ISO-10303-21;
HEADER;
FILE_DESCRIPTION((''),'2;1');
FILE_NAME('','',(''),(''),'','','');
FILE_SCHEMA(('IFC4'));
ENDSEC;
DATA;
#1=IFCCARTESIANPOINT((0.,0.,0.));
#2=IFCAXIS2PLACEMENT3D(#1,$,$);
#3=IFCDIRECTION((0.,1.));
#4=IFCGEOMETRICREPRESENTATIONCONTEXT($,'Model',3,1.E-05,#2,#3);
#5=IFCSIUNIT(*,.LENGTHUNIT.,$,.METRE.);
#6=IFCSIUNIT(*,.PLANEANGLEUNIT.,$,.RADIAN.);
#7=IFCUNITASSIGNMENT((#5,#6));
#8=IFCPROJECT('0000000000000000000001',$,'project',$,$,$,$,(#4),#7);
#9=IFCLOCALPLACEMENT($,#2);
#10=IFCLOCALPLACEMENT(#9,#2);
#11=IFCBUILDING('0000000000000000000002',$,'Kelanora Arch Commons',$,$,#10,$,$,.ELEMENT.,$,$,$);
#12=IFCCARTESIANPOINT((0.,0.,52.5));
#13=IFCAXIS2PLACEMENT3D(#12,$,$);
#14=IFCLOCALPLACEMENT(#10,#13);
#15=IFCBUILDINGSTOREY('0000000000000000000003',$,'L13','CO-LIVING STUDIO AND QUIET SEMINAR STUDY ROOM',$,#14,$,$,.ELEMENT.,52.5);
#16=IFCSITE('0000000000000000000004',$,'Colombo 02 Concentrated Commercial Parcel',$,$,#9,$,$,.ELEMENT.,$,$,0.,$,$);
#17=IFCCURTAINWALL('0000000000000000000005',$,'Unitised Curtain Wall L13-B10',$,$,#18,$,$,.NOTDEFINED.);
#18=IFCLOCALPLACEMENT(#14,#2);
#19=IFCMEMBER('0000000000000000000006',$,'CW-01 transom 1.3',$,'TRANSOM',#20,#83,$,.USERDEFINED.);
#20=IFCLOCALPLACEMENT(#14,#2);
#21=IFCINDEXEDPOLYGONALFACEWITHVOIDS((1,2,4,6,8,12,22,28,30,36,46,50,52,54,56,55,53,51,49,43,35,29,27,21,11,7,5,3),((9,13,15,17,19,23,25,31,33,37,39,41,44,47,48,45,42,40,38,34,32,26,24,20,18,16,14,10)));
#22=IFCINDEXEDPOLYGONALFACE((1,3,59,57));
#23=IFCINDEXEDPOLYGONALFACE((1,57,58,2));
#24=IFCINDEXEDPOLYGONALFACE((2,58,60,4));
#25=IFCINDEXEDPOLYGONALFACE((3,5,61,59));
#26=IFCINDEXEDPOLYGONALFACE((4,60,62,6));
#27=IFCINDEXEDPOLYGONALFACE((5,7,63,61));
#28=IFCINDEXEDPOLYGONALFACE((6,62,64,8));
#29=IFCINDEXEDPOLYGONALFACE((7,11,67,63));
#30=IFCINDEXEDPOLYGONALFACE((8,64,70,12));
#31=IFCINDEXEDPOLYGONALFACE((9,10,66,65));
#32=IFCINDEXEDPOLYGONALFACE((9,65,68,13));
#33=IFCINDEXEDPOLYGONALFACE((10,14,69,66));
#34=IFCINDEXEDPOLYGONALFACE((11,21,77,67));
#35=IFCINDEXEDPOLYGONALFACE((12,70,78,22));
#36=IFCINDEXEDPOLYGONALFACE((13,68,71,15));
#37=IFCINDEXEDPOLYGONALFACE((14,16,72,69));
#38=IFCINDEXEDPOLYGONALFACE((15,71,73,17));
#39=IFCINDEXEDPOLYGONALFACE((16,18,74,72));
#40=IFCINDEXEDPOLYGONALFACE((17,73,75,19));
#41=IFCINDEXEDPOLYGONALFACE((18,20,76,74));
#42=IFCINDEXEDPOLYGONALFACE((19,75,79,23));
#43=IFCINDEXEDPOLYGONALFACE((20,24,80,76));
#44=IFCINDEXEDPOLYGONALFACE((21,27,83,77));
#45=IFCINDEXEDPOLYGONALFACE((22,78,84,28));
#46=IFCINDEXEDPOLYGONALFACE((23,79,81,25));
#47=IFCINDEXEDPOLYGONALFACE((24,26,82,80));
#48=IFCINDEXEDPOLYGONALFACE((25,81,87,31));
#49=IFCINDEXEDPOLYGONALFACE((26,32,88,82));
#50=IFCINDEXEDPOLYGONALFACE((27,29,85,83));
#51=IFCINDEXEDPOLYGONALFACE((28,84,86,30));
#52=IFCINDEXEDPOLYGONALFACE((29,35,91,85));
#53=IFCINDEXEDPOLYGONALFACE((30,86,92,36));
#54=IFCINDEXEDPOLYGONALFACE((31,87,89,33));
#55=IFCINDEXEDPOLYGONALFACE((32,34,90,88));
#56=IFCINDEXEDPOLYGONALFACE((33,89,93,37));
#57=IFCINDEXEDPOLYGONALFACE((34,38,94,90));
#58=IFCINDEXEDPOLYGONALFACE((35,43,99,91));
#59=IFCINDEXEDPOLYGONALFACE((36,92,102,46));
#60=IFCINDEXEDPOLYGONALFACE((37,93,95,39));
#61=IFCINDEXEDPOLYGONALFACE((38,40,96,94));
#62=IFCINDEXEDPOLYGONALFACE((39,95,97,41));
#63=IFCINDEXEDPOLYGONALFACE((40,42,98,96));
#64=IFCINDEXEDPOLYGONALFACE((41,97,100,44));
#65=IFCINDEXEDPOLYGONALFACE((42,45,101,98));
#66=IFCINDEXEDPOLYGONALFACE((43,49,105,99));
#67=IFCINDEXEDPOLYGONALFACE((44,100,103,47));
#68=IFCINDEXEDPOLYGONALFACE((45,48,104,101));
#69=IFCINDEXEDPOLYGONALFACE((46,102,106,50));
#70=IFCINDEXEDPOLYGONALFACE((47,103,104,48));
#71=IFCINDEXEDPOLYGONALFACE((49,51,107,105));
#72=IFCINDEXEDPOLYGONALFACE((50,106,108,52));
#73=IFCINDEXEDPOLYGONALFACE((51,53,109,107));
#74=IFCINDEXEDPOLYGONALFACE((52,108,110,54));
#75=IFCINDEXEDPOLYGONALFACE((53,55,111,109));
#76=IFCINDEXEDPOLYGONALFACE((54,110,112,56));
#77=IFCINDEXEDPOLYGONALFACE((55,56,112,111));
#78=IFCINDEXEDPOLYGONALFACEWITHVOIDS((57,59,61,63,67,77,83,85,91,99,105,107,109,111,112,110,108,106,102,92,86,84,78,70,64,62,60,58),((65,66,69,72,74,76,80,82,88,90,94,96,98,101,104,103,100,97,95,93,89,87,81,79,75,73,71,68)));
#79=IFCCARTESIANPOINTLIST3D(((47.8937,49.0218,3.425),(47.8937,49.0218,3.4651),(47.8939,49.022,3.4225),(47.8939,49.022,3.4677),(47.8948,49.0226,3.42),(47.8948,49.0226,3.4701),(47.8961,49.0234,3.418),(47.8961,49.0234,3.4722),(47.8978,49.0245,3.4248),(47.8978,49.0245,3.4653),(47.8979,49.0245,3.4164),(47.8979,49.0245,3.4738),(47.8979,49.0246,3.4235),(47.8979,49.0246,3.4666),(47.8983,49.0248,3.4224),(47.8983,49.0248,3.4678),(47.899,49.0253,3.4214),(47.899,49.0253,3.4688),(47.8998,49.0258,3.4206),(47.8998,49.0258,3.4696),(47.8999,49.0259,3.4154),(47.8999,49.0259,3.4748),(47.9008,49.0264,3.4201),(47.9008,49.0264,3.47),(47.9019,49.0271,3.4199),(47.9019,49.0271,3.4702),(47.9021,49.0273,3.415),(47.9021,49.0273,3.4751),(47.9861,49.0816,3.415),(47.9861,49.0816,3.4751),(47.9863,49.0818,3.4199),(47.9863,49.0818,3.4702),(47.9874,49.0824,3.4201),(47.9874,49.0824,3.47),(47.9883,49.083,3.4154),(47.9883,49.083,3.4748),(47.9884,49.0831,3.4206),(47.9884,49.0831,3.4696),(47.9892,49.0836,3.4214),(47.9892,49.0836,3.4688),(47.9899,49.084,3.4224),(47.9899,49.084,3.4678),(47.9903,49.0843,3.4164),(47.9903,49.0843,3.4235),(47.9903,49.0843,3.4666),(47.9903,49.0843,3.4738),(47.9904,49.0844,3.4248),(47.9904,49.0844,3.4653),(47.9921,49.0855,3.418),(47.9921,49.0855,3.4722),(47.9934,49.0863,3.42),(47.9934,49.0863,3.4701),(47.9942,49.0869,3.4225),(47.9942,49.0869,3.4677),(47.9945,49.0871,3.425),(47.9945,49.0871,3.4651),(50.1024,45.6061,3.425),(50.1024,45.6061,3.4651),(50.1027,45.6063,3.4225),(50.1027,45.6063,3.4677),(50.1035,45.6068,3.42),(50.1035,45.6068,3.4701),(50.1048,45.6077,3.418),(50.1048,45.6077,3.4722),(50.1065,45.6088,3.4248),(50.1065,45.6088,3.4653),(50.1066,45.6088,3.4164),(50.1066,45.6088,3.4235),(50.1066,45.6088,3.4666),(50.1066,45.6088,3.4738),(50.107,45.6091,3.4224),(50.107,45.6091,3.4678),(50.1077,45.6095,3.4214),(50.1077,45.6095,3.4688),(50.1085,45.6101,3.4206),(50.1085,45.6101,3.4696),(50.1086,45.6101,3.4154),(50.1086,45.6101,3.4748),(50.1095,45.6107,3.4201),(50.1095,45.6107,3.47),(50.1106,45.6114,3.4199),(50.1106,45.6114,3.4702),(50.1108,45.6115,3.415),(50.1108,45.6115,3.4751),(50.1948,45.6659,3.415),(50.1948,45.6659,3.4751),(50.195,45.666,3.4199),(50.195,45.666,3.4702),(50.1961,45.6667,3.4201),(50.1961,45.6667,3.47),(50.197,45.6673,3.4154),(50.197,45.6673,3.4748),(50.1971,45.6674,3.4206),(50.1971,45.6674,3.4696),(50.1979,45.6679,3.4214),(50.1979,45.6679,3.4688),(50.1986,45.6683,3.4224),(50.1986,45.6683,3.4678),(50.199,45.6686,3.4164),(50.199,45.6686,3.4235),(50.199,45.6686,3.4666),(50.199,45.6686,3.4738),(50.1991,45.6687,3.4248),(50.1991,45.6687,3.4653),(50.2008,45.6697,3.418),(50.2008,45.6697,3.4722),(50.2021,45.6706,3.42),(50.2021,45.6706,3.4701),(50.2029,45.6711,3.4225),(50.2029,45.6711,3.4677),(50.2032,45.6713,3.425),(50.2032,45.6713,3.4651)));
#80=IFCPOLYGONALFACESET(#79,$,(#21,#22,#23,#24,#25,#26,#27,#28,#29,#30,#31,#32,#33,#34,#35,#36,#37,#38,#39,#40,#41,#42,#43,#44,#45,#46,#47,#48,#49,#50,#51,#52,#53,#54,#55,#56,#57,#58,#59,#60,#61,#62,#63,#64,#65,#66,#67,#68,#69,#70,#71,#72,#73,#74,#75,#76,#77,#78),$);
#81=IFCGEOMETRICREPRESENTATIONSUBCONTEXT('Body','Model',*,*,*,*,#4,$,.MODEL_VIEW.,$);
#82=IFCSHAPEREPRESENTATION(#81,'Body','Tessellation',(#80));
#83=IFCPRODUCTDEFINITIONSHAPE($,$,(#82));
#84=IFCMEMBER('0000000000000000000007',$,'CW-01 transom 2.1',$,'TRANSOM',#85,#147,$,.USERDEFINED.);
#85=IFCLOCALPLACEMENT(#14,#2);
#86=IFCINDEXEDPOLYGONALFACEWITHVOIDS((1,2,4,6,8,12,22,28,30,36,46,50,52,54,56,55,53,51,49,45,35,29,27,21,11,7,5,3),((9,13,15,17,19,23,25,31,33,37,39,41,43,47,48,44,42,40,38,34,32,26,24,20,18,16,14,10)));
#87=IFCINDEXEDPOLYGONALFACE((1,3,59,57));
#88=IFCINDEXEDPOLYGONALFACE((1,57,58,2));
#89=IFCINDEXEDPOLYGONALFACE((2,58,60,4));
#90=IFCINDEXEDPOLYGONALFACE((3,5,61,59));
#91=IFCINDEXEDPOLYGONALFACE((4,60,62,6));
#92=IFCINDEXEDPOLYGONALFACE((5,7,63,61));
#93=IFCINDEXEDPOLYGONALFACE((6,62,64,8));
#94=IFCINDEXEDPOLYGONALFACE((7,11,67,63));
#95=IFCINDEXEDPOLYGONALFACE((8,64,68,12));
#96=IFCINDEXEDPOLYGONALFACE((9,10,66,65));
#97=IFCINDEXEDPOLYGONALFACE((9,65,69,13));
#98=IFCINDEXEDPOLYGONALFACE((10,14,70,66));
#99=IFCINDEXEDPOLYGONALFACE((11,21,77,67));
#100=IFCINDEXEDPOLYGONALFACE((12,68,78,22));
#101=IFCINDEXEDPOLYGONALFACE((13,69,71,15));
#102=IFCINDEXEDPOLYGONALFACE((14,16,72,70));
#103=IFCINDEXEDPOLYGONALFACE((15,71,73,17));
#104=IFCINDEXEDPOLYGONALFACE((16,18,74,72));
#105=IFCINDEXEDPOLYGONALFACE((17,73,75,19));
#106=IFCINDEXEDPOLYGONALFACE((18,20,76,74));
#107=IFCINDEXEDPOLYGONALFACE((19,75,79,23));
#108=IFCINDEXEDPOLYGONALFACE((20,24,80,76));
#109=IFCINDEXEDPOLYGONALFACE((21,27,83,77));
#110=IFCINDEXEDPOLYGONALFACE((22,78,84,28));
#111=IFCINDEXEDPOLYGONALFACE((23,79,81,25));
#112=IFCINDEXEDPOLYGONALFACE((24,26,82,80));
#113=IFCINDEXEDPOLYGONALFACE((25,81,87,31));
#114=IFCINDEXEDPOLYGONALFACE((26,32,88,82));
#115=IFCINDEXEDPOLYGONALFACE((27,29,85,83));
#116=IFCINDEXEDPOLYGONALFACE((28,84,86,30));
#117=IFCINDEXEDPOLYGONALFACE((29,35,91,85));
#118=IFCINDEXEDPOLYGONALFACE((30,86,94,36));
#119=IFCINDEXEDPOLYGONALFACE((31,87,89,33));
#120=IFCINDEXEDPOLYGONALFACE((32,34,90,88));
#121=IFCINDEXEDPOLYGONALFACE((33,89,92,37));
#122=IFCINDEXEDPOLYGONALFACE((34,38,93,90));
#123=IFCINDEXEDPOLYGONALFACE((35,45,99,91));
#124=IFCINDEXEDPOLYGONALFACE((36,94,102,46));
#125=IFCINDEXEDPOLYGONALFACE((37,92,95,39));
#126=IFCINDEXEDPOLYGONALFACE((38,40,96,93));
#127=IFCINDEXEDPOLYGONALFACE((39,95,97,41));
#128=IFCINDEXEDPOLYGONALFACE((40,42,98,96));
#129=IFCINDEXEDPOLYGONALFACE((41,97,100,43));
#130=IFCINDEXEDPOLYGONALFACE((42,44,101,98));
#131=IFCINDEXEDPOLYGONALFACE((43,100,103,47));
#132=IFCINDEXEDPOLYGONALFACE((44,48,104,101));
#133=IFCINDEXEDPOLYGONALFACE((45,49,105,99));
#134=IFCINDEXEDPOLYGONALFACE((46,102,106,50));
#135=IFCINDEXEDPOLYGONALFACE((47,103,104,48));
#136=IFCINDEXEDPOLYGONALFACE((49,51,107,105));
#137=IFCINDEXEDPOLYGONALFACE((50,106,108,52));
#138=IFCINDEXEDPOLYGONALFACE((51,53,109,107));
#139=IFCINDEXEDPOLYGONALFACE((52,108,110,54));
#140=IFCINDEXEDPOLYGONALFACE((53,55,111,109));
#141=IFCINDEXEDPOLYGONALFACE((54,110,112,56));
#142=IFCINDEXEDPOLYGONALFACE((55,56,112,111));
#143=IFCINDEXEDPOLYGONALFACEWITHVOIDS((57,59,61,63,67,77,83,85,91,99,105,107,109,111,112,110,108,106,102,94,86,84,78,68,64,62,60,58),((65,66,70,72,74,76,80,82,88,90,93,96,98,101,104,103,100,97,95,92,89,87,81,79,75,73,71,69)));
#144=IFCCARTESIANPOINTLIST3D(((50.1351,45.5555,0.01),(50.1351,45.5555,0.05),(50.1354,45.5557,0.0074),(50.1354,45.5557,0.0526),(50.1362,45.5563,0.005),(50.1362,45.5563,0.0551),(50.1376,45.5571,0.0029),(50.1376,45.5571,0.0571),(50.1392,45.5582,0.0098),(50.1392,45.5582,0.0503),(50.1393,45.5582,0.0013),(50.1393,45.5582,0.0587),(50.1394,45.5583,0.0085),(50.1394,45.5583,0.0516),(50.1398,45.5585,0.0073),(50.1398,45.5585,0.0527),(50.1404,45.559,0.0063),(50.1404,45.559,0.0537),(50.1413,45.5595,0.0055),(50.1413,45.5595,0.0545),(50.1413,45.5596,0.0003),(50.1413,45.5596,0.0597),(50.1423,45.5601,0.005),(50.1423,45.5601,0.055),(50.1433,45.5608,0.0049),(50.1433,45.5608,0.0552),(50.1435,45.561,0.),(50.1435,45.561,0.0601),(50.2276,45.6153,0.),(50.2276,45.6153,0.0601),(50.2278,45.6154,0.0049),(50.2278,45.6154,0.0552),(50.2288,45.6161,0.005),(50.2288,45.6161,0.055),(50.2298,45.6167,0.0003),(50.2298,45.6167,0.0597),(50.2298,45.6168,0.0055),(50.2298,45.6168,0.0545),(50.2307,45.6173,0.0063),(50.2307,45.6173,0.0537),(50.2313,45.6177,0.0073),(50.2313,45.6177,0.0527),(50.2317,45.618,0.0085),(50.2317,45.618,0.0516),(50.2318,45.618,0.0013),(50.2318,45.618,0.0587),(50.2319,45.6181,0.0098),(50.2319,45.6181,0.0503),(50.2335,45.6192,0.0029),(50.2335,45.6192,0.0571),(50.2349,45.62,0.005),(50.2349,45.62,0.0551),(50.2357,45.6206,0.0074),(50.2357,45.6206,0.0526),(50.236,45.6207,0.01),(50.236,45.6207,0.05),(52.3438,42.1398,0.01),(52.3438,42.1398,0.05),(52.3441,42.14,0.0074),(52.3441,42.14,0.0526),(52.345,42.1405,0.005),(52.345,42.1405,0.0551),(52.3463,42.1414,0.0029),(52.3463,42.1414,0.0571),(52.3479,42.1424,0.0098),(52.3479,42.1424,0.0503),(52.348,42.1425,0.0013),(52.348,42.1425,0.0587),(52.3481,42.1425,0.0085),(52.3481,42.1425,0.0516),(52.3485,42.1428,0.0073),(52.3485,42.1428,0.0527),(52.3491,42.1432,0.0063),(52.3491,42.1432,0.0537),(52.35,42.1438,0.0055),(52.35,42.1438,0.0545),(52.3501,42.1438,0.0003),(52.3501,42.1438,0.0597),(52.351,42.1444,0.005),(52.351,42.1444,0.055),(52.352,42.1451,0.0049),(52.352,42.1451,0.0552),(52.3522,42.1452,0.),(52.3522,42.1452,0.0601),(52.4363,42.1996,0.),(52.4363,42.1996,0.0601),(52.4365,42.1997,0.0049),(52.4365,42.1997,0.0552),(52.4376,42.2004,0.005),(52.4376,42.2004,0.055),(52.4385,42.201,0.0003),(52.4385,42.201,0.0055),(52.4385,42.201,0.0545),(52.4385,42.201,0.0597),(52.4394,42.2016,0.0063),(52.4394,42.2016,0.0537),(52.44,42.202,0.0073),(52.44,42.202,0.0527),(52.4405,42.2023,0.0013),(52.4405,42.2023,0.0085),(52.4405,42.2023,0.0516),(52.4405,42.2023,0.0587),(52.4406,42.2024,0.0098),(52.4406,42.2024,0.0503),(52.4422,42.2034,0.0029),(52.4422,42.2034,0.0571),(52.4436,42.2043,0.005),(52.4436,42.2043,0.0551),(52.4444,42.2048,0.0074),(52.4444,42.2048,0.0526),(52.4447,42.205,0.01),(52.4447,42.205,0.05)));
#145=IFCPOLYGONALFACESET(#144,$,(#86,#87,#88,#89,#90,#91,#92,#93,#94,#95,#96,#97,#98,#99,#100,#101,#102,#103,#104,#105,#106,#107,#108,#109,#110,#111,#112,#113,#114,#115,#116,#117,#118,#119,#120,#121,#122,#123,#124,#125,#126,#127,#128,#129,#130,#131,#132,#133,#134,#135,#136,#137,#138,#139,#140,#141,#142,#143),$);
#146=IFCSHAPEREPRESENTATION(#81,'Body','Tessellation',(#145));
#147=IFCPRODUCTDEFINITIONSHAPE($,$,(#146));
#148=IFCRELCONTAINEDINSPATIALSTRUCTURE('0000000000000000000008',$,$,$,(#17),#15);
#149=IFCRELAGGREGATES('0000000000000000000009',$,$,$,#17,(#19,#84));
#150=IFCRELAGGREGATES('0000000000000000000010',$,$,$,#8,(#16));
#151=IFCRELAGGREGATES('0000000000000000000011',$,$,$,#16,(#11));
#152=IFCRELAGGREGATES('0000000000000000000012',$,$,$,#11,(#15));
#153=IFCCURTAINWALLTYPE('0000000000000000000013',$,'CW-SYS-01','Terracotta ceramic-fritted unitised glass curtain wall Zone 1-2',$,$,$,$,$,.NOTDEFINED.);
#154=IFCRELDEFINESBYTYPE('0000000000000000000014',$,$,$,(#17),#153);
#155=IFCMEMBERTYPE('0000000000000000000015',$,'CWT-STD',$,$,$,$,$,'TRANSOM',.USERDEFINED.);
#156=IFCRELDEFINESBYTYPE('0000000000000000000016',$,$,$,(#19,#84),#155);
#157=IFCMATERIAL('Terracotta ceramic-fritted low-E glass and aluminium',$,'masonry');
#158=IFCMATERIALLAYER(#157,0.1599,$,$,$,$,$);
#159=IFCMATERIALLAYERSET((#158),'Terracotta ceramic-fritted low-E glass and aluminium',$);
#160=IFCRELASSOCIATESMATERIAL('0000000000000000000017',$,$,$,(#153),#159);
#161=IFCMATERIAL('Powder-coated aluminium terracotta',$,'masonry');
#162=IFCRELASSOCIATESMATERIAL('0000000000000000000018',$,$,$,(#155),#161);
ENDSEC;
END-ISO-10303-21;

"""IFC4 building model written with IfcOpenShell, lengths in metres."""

from ifc_helpers import new_model, si_unit, direction, frame, origin, origin_2d, place, context, subcontext, project, spatial, hollow_rectangle, extrude, material, layer, layer_set, material_profile, profile_set, type_object, element, aggregate, save


model = new_model("IFC4")

# Units and contexts
model_context = context("Model", 3, precision=1e-05, world=origin(), true_north=direction((0.0, 1.0)))
body_context = subcontext(model_context, "Body", "Model", "MODEL_VIEW")
ifc_project = project(units=[si_unit("LENGTHUNIT", "METRE"), si_unit("PLANEANGLEUNIT", "RADIAN")], contexts=[model_context])

# Site, building, storey
site_placement = place(None, origin())
site = spatial("IfcSite", under=ifc_project, at=site_placement, Name="Colombo 02 Concentrated Commercial Parcel", CompositionType="ELEMENT", RefElevation=0.0)
building_placement = place(site_placement, origin())
building = spatial("IfcBuilding", under=site, at=building_placement, Name="Kelanora Arch Commons", CompositionType="ELEMENT")
storey_placement = place(building_placement, frame((0.0, 0.0, 52.5)))
storey = spatial("IfcBuildingStorey", under=building, at=storey_placement, Name="L13", Description="CO-LIVING STUDIO AND QUIET SEMINAR STUDY ROOM", CompositionType="ELEMENT", Elevation=52.5)

# Shared definitions
ifc_material_1 = material(Name="Terracotta ceramic-fritted low-E glass and aluminium", Category="masonry")
ifc_layer_1 = layer(ifc_material_1, 0.1599)
ifc_layer_set_1 = layer_set([ifc_layer_1], Name="Terracotta ceramic-fritted low-E glass and aluminium")
curtain_wall_type = type_object("IfcCurtainWallType", Name="CW-SYS-01", Description="Terracotta ceramic-fritted unitised glass curtain wall Zone 1-2", PredefinedType="NOTDEFINED", material=ifc_layer_set_1)
ifc_material_2 = material(Name="Powder-coated aluminium terracotta", Category="masonry")

# Curtain wall, members
curtain_wall_1_placement = place(storey_placement, origin())
curtain_wall_1 = element("IfcCurtainWall", 1, at=curtain_wall_1_placement, inside=storey, type_object=curtain_wall_type, Name="Unitised Curtain Wall L13-B10", PredefinedType="NOTDEFINED")
ifc_material_profile_1 = material_profile(ifc_material_2, hollow_rectangle(XDim=0.1201, YDim=0.0601, WallThickness=0.0049, InnerFilletRadius=0.0049, OuterFilletRadius=0.01, at=origin_2d()), Name="CWT120x60")
ifc_profile_set_1 = profile_set([ifc_material_profile_1], Name="Powder-coated aluminium terracotta")
member_type_1 = type_object("IfcMemberType", Name="CWT-STD", ElementType="TRANSOM", PredefinedType="USERDEFINED", material=ifc_profile_set_1)
member_1_placement = place(storey_placement, frame((47.9441, 49.0544, 3.4451), z_axis=(0.542997, -0.839734, 0.0), x_axis=(0.839734, 0.542997, 0.0)))
member_1 = element("IfcMember", 2, at=member_1_placement, type_object=member_type_1, Name="CW-01 transom 1.3", ObjectType="TRANSOM", PredefinedType="USERDEFINED", context=body_context, shape_type="SweptSolid", body=[
    extrude(hollow_rectangle(XDim=0.1201, YDim=0.0601, WallThickness=0.0049, InnerFilletRadius=0.0049, OuterFilletRadius=0.01, at=origin_2d()), origin(), (0.0, 0.0, 1.0), 4.0676),
])
member_2_placement = place(storey_placement, frame((50.1855, 45.5881, 0.03), z_axis=(0.542997, -0.839734, 0.0), x_axis=(0.839734, 0.542997, 0.0)))
member_2 = element("IfcMember", 3, at=member_2_placement, type_object=member_type_1, Name="CW-01 transom 2.1", ObjectType="TRANSOM", PredefinedType="USERDEFINED", context=body_context, shape_type="SweptSolid", body=[
    extrude(hollow_rectangle(XDim=0.1201, YDim=0.0601, WallThickness=0.0049, InnerFilletRadius=0.0049, OuterFilletRadius=0.01, at=origin_2d()), origin(), (0.0, 0.0, 1.0), 4.0676),
])

aggregate(curtain_wall_1, [member_1, member_2])

save(model, "model.ifc")
